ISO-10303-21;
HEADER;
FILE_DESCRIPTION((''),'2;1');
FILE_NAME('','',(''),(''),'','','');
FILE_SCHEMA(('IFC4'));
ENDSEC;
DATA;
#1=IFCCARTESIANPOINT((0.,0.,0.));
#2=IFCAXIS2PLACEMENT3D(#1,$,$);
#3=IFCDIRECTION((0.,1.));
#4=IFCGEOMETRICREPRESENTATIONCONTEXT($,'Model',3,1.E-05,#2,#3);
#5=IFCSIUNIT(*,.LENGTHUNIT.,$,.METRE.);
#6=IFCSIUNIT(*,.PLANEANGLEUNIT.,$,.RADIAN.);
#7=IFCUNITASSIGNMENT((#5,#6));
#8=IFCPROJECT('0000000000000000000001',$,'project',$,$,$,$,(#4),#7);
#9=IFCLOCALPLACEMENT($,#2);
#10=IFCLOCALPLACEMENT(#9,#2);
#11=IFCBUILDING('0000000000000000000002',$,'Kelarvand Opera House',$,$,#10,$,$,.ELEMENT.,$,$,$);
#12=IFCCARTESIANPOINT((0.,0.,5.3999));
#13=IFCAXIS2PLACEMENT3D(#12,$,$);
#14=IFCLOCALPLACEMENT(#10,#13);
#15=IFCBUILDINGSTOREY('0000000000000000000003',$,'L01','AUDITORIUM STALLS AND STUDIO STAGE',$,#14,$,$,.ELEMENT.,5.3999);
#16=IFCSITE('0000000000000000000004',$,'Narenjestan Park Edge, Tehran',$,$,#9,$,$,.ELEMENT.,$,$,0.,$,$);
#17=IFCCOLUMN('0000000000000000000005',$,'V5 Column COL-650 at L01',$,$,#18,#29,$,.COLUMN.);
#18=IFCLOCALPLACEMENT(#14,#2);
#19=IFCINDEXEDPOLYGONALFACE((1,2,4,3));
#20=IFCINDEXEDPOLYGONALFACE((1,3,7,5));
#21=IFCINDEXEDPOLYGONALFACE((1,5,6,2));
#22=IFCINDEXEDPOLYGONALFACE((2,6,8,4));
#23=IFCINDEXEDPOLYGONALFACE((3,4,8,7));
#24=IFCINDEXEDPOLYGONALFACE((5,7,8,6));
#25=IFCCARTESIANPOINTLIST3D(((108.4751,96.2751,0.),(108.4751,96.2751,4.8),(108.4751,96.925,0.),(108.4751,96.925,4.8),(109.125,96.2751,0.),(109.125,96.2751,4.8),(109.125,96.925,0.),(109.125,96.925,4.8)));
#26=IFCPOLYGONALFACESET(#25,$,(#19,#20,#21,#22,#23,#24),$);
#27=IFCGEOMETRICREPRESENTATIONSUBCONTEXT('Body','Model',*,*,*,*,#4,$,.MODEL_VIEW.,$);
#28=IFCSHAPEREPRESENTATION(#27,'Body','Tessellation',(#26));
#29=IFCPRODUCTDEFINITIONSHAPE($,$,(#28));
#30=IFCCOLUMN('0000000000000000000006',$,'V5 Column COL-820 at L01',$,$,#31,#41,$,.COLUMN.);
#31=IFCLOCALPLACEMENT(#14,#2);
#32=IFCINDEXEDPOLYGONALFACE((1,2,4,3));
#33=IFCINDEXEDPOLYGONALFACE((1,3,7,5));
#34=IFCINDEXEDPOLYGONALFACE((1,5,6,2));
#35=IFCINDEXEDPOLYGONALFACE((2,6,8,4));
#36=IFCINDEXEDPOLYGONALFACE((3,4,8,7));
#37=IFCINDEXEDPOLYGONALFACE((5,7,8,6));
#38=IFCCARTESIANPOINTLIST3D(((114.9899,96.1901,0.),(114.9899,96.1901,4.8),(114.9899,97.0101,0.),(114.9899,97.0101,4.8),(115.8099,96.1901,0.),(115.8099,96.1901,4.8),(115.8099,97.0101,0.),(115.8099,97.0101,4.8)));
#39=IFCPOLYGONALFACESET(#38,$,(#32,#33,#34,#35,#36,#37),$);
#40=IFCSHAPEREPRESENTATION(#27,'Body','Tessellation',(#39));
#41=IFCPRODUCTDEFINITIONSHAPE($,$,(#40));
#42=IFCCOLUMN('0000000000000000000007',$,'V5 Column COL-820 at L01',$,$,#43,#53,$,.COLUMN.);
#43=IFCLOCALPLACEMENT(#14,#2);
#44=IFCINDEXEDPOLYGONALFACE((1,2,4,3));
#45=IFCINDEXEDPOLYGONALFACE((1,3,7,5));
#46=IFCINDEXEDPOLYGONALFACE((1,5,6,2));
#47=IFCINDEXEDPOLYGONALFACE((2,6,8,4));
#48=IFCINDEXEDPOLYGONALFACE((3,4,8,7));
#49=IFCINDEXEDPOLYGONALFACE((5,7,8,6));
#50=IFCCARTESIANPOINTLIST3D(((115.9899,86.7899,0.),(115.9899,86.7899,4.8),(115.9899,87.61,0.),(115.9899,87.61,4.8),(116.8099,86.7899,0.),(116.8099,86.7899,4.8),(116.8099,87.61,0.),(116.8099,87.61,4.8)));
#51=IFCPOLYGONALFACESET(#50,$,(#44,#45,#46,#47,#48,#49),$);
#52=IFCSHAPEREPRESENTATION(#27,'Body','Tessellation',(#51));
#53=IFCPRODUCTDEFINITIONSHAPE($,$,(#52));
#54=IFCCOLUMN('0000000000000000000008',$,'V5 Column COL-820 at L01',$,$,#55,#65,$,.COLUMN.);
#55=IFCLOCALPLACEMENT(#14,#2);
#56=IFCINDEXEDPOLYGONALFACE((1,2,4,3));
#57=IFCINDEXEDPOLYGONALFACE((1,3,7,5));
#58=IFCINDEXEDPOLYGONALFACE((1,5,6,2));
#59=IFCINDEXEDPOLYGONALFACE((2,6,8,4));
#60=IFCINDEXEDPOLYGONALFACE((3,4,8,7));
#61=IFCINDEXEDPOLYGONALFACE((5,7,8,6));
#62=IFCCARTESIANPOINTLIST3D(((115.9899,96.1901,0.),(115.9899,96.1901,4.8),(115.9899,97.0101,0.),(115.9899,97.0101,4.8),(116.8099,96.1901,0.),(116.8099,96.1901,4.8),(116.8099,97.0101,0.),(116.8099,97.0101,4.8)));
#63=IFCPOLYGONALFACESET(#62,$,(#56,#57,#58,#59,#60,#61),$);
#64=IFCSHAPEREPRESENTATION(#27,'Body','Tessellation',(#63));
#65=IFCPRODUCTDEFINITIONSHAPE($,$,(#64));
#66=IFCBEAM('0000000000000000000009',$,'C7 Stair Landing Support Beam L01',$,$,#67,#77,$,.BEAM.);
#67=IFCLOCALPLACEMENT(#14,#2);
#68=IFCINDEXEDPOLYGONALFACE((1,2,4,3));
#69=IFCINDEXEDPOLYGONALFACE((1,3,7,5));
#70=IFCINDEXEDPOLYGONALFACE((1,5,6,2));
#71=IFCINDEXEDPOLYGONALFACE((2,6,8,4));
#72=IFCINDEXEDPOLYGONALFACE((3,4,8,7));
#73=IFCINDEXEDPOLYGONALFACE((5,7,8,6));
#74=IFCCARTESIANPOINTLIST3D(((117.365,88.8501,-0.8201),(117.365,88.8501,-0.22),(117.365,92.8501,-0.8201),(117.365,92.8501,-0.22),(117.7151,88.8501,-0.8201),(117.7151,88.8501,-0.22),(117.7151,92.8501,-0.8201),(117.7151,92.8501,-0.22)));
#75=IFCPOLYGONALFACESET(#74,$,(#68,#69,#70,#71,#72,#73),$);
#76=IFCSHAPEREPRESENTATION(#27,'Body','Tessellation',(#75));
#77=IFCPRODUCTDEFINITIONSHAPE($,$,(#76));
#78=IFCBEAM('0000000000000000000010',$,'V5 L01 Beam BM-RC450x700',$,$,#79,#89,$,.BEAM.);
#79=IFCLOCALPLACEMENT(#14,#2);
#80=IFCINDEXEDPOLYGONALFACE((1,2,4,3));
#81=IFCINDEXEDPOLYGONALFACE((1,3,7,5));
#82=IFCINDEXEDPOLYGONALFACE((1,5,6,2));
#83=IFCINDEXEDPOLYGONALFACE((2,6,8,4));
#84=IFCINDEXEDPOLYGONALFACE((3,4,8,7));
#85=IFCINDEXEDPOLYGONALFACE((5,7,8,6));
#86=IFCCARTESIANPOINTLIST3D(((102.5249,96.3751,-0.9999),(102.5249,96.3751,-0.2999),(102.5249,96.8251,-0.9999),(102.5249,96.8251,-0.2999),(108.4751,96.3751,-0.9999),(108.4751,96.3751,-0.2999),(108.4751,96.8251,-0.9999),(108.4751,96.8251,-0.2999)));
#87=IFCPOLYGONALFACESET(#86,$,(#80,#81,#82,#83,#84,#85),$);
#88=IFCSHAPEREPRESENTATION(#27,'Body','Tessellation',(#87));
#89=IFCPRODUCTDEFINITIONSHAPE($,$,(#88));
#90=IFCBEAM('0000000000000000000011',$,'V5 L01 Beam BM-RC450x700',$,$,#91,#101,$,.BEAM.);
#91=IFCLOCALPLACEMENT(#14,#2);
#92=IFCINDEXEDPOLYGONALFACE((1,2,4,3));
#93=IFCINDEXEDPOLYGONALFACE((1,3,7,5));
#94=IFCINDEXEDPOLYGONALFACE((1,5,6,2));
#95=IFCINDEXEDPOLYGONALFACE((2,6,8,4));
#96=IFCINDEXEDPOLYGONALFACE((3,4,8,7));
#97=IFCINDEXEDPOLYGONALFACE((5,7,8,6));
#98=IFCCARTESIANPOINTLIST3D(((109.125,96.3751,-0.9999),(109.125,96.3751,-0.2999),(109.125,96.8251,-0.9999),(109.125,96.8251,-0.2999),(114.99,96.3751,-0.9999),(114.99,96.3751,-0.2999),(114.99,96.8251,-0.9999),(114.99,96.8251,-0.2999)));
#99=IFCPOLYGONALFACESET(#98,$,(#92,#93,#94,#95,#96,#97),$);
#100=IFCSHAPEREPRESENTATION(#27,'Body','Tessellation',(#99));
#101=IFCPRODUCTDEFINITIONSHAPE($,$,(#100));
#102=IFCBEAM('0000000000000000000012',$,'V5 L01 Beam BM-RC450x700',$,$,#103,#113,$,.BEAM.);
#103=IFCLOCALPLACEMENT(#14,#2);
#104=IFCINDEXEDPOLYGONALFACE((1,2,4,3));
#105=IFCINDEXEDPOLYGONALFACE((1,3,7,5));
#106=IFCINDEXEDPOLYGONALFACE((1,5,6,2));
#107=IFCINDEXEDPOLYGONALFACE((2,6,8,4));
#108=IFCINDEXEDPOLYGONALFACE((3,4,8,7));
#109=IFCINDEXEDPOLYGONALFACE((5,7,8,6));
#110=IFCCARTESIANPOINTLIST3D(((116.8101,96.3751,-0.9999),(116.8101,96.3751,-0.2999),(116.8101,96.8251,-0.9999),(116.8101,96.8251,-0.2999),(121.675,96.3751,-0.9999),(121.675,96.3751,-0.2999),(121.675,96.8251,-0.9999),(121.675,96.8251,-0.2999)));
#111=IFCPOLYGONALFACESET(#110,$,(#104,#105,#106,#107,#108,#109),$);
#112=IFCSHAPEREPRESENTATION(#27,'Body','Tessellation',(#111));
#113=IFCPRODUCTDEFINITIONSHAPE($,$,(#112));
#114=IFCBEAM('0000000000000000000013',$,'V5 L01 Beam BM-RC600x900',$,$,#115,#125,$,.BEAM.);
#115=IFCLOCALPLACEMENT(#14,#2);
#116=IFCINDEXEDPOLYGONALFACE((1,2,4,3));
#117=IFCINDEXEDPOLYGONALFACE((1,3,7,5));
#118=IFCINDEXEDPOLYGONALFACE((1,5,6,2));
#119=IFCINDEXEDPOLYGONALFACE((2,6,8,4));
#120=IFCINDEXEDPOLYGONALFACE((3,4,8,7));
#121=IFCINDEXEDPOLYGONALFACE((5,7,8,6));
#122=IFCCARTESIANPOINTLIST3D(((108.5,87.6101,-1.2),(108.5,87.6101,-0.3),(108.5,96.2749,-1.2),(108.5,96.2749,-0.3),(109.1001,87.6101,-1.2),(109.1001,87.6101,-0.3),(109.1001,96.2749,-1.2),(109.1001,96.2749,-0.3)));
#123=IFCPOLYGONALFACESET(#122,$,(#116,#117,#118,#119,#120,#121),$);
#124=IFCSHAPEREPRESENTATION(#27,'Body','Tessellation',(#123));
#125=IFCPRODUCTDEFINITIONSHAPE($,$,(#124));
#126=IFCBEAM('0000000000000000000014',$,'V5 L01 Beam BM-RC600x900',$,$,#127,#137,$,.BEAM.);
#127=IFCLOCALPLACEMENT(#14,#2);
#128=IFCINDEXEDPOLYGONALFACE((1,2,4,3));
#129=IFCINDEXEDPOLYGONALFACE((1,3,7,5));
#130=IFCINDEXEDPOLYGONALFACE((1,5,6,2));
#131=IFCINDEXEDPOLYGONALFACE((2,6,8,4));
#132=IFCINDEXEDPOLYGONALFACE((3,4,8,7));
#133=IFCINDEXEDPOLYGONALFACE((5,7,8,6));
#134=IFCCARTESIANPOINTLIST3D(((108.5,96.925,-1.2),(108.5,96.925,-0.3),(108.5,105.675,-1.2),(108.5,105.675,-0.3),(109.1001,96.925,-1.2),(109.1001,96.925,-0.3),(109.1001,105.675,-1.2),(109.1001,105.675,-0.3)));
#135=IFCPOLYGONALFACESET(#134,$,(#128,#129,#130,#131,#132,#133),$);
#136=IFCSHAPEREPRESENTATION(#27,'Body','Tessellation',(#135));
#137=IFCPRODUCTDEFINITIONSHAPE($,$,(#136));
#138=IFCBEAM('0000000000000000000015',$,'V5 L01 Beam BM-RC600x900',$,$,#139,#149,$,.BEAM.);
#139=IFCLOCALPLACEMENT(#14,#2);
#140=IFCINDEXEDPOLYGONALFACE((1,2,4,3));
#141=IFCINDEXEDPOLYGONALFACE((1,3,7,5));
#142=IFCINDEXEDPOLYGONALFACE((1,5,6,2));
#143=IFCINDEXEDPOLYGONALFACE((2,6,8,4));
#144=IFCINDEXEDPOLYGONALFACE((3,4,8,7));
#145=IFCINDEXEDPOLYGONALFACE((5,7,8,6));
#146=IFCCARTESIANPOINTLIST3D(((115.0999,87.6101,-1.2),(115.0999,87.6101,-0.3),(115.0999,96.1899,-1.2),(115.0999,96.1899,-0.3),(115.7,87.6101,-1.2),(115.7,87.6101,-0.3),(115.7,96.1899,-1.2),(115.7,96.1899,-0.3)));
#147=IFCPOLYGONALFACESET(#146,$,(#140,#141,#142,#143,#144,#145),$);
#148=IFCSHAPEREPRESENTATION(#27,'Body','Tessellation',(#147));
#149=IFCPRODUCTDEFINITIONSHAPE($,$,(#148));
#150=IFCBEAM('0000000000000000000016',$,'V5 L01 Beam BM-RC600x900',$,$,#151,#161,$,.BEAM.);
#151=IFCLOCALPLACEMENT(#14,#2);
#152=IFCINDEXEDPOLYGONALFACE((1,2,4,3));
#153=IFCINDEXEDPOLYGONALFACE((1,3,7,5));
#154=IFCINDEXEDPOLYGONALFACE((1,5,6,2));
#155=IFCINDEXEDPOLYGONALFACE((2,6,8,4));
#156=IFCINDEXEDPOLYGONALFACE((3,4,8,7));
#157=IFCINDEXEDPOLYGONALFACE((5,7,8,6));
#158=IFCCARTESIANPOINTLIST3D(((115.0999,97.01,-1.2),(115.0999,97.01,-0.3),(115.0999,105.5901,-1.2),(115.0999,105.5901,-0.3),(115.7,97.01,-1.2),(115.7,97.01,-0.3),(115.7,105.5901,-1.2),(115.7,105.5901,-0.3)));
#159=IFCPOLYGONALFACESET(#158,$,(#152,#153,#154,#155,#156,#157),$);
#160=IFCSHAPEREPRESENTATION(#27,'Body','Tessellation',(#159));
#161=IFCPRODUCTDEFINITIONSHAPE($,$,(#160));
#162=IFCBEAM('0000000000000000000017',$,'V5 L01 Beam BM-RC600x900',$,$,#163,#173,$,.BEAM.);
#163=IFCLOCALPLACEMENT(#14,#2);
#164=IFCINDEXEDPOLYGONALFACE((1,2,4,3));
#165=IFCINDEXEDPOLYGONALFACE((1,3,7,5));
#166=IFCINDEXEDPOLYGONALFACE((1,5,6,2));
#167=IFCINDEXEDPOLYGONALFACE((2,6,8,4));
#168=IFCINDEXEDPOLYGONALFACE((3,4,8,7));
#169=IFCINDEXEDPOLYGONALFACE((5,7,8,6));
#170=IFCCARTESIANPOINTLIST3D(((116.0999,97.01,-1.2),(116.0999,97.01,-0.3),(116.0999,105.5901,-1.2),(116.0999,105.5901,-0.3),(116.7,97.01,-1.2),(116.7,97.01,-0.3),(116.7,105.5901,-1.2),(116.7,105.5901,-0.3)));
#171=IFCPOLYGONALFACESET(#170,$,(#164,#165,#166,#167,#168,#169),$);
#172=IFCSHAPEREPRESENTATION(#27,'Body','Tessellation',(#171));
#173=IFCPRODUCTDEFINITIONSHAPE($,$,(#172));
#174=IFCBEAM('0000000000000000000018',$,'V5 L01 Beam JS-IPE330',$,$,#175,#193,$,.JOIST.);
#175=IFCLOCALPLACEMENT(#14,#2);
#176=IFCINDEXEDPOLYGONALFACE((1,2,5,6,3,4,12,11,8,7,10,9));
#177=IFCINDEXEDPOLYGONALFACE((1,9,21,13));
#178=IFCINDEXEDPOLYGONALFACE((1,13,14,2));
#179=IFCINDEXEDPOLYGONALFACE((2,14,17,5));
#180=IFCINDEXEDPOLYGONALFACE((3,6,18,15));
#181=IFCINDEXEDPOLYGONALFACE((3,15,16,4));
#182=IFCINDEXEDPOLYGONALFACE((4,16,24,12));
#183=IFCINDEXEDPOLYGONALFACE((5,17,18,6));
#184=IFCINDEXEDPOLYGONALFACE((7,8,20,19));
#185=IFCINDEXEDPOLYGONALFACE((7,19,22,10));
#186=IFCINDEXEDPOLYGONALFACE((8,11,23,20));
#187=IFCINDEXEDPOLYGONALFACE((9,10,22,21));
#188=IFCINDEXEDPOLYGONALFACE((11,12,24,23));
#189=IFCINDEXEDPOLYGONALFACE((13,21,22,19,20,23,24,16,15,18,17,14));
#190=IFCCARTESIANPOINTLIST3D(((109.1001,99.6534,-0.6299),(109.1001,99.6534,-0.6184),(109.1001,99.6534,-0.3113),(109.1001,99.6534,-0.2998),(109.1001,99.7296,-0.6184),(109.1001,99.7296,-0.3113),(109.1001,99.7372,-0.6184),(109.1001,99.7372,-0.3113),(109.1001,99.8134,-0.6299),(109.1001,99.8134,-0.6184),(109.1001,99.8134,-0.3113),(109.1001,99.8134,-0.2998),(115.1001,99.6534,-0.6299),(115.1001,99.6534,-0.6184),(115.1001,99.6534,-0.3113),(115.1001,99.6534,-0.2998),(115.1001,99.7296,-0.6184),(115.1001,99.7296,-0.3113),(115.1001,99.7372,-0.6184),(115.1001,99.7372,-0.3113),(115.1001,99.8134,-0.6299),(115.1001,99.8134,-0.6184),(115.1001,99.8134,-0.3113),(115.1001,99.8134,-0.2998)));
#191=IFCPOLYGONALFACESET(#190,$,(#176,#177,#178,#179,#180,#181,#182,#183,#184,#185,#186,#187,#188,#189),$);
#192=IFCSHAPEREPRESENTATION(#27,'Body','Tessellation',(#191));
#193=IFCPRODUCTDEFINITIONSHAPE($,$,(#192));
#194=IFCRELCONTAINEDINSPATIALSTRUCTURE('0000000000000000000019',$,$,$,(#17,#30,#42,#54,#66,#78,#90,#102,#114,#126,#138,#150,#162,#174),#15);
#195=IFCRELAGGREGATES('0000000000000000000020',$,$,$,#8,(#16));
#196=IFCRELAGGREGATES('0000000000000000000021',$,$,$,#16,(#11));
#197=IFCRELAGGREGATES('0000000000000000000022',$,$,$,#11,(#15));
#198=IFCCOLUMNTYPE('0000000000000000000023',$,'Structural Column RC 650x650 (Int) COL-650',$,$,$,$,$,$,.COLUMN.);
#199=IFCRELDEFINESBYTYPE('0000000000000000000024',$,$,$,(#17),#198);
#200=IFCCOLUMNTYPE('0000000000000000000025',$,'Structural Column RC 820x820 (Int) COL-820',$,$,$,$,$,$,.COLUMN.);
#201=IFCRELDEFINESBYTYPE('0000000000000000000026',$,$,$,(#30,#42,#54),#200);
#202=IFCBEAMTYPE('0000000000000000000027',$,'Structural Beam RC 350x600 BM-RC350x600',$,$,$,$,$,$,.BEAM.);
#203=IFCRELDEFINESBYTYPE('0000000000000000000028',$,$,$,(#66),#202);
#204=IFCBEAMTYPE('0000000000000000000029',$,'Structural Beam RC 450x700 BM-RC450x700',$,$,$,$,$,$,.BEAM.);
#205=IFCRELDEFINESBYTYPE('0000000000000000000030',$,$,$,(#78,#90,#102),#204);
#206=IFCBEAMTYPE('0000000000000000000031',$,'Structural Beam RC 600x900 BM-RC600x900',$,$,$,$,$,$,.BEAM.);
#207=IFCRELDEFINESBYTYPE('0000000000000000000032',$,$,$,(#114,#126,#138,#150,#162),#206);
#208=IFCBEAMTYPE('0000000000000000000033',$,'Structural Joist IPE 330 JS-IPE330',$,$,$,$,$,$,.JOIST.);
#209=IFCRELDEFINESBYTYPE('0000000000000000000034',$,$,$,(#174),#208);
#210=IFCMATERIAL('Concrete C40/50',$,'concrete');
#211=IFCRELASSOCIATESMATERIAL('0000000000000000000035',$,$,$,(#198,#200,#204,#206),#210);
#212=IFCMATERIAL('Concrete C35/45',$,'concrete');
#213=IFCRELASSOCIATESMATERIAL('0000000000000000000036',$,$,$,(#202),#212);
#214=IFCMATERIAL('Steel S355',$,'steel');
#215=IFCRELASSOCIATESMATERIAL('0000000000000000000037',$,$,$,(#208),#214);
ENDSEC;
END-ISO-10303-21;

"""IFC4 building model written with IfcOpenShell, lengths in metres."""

from ifc_helpers import new_model, si_unit, direction, frame, origin, origin_2d, place, context, subcontext, project, spatial, rectangle, i_section, extrude, material, material_profile, profile_set, type_object, element, save


model = new_model("IFC4")

# Units and contexts
model_context = context("Model", 3, precision=1e-05, world=origin(), true_north=direction((0.0, 1.0)))
body_context = subcontext(model_context, "Body", "Model", "MODEL_VIEW")
ifc_project = project(units=[si_unit("LENGTHUNIT", "METRE"), si_unit("PLANEANGLEUNIT", "RADIAN")], contexts=[model_context])

# Site, building, storey
site_placement = place(None, origin())
site = spatial("IfcSite", under=ifc_project, at=site_placement, Name="Narenjestan Park Edge, Tehran", CompositionType="ELEMENT", RefElevation=0.0)
building_placement = place(site_placement, origin())
building = spatial("IfcBuilding", under=site, at=building_placement, Name="Kelarvand Opera House", CompositionType="ELEMENT")
storey_placement = place(building_placement, frame((0.0, 0.0, 5.3999)))
storey = spatial("IfcBuildingStorey", under=building, at=storey_placement, Name="L01", Description="AUDITORIUM STALLS AND STUDIO STAGE", CompositionType="ELEMENT", Elevation=5.3999)

# Columns
ifc_material_1 = material(Name="Concrete C40/50", Category="concrete")
ifc_material_profile_1 = material_profile(ifc_material_1, rectangle(XDim=0.6499, YDim=0.6499, at=origin_2d()), Name="RC 650x650", Category="concrete")
ifc_profile_set_1 = profile_set([ifc_material_profile_1], Name="Concrete C40/50")
column_type_1 = type_object("IfcColumnType", Name="Structural Column RC 650x650 (Int) COL-650", PredefinedType="COLUMN", material=ifc_profile_set_1)
column_placement = place(storey_placement, frame((108.8, 96.6001, 0.0), z_axis=(0.0, 0.0, 1.0), x_axis=(1.0, 0.0, 0.0)))
element("IfcColumn", 1, at=column_placement, inside=storey, type_object=column_type_1, Name="V5 Column COL-650 at L01", PredefinedType="COLUMN", context=body_context, shape_type="SweptSolid", body=[
    extrude(rectangle(XDim=0.6499, YDim=0.6499, at=origin_2d()), origin(), (0.0, 0.0, 1.0), 4.8),
])
ifc_material_profile_2 = material_profile(ifc_material_1, rectangle(XDim=0.8201, YDim=0.8201, at=origin_2d()), Name="RC 820x820", Category="concrete")
ifc_profile_set_2 = profile_set([ifc_material_profile_2], Name="Concrete C40/50")
column_type_2 = type_object("IfcColumnType", Name="Structural Column RC 820x820 (Int) COL-820", PredefinedType="COLUMN", material=ifc_profile_set_2)
for number, where, z_axis, x_axis, name in (
    (2, (115.3999, 96.6001, 0.0), (0.0, 0.0, 1.0), (1.0, 0.0, 0.0), "V5 Column COL-820 at L01"),
    (3, (116.3999, 87.2, 0.0), (0.0, 0.0, 1.0), (1.0, 0.0, 0.0), "V5 Column COL-820 at L01"),
    (4, (116.3999, 96.6001, 0.0), (0.0, 0.0, 1.0), (1.0, 0.0, 0.0), "V5 Column COL-820 at L01"),
):
    element("IfcColumn", number, at=place(storey_placement, frame(where, z_axis=z_axis, x_axis=x_axis)), inside=storey, type_object=column_type_2, Name=name, PredefinedType="COLUMN", context=body_context, shape_type="SweptSolid", body=[
        extrude(rectangle(XDim=0.8201, YDim=0.8201, at=origin_2d()), origin(), (0.0, 0.0, 1.0), 4.8),
    ])

# Beams
ifc_material_2 = material(Name="Concrete C35/45", Category="concrete")
ifc_material_profile_3 = material_profile(ifc_material_2, rectangle(XDim=0.3501, YDim=0.6001, at=origin_2d()), Name="RC 350x600", Category="concrete")
ifc_profile_set_3 = profile_set([ifc_material_profile_3], Name="Concrete C35/45")
beam_type_1 = type_object("IfcBeamType", Name="Structural Beam RC 350x600 BM-RC350x600", PredefinedType="BEAM", material=ifc_profile_set_3)
beam_1_placement = place(storey_placement, frame((117.54, 88.8501, -0.52), z_axis=(0.0, 1.0, 0.0), x_axis=(-1.0, 0.0, 0.0)))
element("IfcBeam", 5, at=beam_1_placement, inside=storey, type_object=beam_type_1, Name="C7 Stair Landing Support Beam L01", PredefinedType="BEAM", context=body_context, shape_type="SweptSolid", body=[
    extrude(rectangle(XDim=0.3501, YDim=0.6001, at=origin_2d()), origin(), (0.0, 0.0, 1.0), 4.0),
])
ifc_material_profile_4 = material_profile(ifc_material_1, rectangle(XDim=0.45, YDim=0.7, at=origin_2d()), Name="RC 450x700", Category="concrete")
ifc_profile_set_4 = profile_set([ifc_material_profile_4], Name="Concrete C40/50")
beam_type_2 = type_object("IfcBeamType", Name="Structural Beam RC 450x700 BM-RC450x700", PredefinedType="BEAM", material=ifc_profile_set_4)
beam_2_placement = place(storey_placement, frame((102.5249, 96.6001, -0.6499), z_axis=(1.0, 0.0, 0.0), x_axis=(0.0, 1.0, 0.0)))
element("IfcBeam", 6, at=beam_2_placement, inside=storey, type_object=beam_type_2, Name="V5 L01 Beam BM-RC450x700", PredefinedType="BEAM", context=body_context, shape_type="SweptSolid", body=[
    extrude(rectangle(XDim=0.45, YDim=0.7, at=origin_2d()), origin(), (0.0, 0.0, 1.0), 5.9502),
])
beam_3_placement = place(storey_placement, frame((109.125, 96.6001, -0.6499), z_axis=(1.0, 0.0, 0.0), x_axis=(0.0, 1.0, 0.0)))
element("IfcBeam", 7, at=beam_3_placement, inside=storey, type_object=beam_type_2, Name="V5 L01 Beam BM-RC450x700", PredefinedType="BEAM", context=body_context, shape_type="SweptSolid", body=[
    extrude(rectangle(XDim=0.45, YDim=0.7, at=origin_2d()), origin(), (0.0, 0.0, 1.0), 5.865),
])
beam_4_placement = place(storey_placement, frame((116.8101, 96.6001, -0.6499), z_axis=(1.0, 0.0, 0.0), x_axis=(0.0, 1.0, 0.0)))
element("IfcBeam", 8, at=beam_4_placement, inside=storey, type_object=beam_type_2, Name="V5 L01 Beam BM-RC450x700", PredefinedType="BEAM", context=body_context, shape_type="SweptSolid", body=[
    extrude(rectangle(XDim=0.45, YDim=0.7, at=origin_2d()), origin(), (0.0, 0.0, 1.0), 4.865),
])
ifc_material_profile_5 = material_profile(ifc_material_1, rectangle(XDim=0.6001, YDim=0.8999, at=origin_2d()), Name="RC 600x900", Category="concrete")
ifc_profile_set_5 = profile_set([ifc_material_profile_5], Name="Concrete C40/50")
beam_type_3 = type_object("IfcBeamType", Name="Structural Beam RC 600x900 BM-RC600x900", PredefinedType="BEAM", material=ifc_profile_set_5)
beam_5_placement = place(storey_placement, frame((108.8, 87.6101, -0.75), z_axis=(0.0, 1.0, 0.0), x_axis=(-1.0, 0.0, 0.0)))
element("IfcBeam", 9, at=beam_5_placement, inside=storey, type_object=beam_type_3, Name="V5 L01 Beam BM-RC600x900", PredefinedType="BEAM", context=body_context, shape_type="SweptSolid", body=[
    extrude(rectangle(XDim=0.6001, YDim=0.8999, at=origin_2d()), origin(), (0.0, 0.0, 1.0), 8.6648),
])
beam_6_placement = place(storey_placement, frame((108.8, 96.925, -0.75), z_axis=(0.0, 1.0, 0.0), x_axis=(-1.0, 0.0, 0.0)))
element("IfcBeam", 10, at=beam_6_placement, inside=storey, type_object=beam_type_3, Name="V5 L01 Beam BM-RC600x900", PredefinedType="BEAM", context=body_context, shape_type="SweptSolid", body=[
    extrude(rectangle(XDim=0.6001, YDim=0.8999, at=origin_2d()), origin(), (0.0, 0.0, 1.0), 8.75),
])
beam_7_placement = place(storey_placement, frame((115.3999, 87.6101, -0.75), z_axis=(0.0, 1.0, 0.0), x_axis=(-1.0, 0.0, 0.0)))
element("IfcBeam", 11, at=beam_7_placement, inside=storey, type_object=beam_type_3, Name="V5 L01 Beam BM-RC600x900", PredefinedType="BEAM", context=body_context, shape_type="SweptSolid", body=[
    extrude(rectangle(XDim=0.6001, YDim=0.8999, at=origin_2d()), origin(), (0.0, 0.0, 1.0), 8.5798),
])
for number, where, z_axis, x_axis, name in (
    (12, (115.3999, 97.01, -0.75), (0.0, 1.0, 0.0), (-1.0, 0.0, 0.0), "V5 L01 Beam BM-RC600x900"),
    (13, (116.3999, 97.01, -0.75), (0.0, 1.0, 0.0), (-1.0, 0.0, 0.0), "V5 L01 Beam BM-RC600x900"),
):
    element("IfcBeam", number, at=place(storey_placement, frame(where, z_axis=z_axis, x_axis=x_axis)), inside=storey, type_object=beam_type_3, Name=name, PredefinedType="BEAM", context=body_context, shape_type="SweptSolid", body=[
        extrude(rectangle(XDim=0.6001, YDim=0.8999, at=origin_2d()), origin(), (0.0, 0.0, 1.0), 8.5801),
    ])
ifc_material_3 = material(Name="Steel S355", Category="steel")
ifc_material_profile_6 = material_profile(ifc_material_3, i_section(OverallWidth=0.1599, OverallDepth=0.3301, WebThickness=0.0076, FlangeThickness=0.0115, at=origin_2d()), Name="IPE 330", Category="steel")
ifc_profile_set_6 = profile_set([ifc_material_profile_6], Name="Steel S355")
beam_type_4 = type_object("IfcBeamType", Name="Structural Joist IPE 330 JS-IPE330", PredefinedType="JOIST", material=ifc_profile_set_6)
for number, where, z_axis, x_axis, name in (
    (14, (109.1001, 99.7334, -0.4648), (1.0, 0.0, 0.0), (0.0, 1.0, 0.0), "V5 L01 Beam JS-IPE330"),
):
    element("IfcBeam", number, at=place(storey_placement, frame(where, z_axis=z_axis, x_axis=x_axis)), inside=storey, type_object=beam_type_4, Name=name, PredefinedType="JOIST", context=body_context, shape_type="SweptSolid", body=[
        extrude(i_section(OverallWidth=0.1599, OverallDepth=0.3301, WebThickness=0.0076, FlangeThickness=0.0115, at=origin_2d()), origin(), (0.0, 0.0, 1.0), 6.0),
    ])

save(model, "model.ifc")
